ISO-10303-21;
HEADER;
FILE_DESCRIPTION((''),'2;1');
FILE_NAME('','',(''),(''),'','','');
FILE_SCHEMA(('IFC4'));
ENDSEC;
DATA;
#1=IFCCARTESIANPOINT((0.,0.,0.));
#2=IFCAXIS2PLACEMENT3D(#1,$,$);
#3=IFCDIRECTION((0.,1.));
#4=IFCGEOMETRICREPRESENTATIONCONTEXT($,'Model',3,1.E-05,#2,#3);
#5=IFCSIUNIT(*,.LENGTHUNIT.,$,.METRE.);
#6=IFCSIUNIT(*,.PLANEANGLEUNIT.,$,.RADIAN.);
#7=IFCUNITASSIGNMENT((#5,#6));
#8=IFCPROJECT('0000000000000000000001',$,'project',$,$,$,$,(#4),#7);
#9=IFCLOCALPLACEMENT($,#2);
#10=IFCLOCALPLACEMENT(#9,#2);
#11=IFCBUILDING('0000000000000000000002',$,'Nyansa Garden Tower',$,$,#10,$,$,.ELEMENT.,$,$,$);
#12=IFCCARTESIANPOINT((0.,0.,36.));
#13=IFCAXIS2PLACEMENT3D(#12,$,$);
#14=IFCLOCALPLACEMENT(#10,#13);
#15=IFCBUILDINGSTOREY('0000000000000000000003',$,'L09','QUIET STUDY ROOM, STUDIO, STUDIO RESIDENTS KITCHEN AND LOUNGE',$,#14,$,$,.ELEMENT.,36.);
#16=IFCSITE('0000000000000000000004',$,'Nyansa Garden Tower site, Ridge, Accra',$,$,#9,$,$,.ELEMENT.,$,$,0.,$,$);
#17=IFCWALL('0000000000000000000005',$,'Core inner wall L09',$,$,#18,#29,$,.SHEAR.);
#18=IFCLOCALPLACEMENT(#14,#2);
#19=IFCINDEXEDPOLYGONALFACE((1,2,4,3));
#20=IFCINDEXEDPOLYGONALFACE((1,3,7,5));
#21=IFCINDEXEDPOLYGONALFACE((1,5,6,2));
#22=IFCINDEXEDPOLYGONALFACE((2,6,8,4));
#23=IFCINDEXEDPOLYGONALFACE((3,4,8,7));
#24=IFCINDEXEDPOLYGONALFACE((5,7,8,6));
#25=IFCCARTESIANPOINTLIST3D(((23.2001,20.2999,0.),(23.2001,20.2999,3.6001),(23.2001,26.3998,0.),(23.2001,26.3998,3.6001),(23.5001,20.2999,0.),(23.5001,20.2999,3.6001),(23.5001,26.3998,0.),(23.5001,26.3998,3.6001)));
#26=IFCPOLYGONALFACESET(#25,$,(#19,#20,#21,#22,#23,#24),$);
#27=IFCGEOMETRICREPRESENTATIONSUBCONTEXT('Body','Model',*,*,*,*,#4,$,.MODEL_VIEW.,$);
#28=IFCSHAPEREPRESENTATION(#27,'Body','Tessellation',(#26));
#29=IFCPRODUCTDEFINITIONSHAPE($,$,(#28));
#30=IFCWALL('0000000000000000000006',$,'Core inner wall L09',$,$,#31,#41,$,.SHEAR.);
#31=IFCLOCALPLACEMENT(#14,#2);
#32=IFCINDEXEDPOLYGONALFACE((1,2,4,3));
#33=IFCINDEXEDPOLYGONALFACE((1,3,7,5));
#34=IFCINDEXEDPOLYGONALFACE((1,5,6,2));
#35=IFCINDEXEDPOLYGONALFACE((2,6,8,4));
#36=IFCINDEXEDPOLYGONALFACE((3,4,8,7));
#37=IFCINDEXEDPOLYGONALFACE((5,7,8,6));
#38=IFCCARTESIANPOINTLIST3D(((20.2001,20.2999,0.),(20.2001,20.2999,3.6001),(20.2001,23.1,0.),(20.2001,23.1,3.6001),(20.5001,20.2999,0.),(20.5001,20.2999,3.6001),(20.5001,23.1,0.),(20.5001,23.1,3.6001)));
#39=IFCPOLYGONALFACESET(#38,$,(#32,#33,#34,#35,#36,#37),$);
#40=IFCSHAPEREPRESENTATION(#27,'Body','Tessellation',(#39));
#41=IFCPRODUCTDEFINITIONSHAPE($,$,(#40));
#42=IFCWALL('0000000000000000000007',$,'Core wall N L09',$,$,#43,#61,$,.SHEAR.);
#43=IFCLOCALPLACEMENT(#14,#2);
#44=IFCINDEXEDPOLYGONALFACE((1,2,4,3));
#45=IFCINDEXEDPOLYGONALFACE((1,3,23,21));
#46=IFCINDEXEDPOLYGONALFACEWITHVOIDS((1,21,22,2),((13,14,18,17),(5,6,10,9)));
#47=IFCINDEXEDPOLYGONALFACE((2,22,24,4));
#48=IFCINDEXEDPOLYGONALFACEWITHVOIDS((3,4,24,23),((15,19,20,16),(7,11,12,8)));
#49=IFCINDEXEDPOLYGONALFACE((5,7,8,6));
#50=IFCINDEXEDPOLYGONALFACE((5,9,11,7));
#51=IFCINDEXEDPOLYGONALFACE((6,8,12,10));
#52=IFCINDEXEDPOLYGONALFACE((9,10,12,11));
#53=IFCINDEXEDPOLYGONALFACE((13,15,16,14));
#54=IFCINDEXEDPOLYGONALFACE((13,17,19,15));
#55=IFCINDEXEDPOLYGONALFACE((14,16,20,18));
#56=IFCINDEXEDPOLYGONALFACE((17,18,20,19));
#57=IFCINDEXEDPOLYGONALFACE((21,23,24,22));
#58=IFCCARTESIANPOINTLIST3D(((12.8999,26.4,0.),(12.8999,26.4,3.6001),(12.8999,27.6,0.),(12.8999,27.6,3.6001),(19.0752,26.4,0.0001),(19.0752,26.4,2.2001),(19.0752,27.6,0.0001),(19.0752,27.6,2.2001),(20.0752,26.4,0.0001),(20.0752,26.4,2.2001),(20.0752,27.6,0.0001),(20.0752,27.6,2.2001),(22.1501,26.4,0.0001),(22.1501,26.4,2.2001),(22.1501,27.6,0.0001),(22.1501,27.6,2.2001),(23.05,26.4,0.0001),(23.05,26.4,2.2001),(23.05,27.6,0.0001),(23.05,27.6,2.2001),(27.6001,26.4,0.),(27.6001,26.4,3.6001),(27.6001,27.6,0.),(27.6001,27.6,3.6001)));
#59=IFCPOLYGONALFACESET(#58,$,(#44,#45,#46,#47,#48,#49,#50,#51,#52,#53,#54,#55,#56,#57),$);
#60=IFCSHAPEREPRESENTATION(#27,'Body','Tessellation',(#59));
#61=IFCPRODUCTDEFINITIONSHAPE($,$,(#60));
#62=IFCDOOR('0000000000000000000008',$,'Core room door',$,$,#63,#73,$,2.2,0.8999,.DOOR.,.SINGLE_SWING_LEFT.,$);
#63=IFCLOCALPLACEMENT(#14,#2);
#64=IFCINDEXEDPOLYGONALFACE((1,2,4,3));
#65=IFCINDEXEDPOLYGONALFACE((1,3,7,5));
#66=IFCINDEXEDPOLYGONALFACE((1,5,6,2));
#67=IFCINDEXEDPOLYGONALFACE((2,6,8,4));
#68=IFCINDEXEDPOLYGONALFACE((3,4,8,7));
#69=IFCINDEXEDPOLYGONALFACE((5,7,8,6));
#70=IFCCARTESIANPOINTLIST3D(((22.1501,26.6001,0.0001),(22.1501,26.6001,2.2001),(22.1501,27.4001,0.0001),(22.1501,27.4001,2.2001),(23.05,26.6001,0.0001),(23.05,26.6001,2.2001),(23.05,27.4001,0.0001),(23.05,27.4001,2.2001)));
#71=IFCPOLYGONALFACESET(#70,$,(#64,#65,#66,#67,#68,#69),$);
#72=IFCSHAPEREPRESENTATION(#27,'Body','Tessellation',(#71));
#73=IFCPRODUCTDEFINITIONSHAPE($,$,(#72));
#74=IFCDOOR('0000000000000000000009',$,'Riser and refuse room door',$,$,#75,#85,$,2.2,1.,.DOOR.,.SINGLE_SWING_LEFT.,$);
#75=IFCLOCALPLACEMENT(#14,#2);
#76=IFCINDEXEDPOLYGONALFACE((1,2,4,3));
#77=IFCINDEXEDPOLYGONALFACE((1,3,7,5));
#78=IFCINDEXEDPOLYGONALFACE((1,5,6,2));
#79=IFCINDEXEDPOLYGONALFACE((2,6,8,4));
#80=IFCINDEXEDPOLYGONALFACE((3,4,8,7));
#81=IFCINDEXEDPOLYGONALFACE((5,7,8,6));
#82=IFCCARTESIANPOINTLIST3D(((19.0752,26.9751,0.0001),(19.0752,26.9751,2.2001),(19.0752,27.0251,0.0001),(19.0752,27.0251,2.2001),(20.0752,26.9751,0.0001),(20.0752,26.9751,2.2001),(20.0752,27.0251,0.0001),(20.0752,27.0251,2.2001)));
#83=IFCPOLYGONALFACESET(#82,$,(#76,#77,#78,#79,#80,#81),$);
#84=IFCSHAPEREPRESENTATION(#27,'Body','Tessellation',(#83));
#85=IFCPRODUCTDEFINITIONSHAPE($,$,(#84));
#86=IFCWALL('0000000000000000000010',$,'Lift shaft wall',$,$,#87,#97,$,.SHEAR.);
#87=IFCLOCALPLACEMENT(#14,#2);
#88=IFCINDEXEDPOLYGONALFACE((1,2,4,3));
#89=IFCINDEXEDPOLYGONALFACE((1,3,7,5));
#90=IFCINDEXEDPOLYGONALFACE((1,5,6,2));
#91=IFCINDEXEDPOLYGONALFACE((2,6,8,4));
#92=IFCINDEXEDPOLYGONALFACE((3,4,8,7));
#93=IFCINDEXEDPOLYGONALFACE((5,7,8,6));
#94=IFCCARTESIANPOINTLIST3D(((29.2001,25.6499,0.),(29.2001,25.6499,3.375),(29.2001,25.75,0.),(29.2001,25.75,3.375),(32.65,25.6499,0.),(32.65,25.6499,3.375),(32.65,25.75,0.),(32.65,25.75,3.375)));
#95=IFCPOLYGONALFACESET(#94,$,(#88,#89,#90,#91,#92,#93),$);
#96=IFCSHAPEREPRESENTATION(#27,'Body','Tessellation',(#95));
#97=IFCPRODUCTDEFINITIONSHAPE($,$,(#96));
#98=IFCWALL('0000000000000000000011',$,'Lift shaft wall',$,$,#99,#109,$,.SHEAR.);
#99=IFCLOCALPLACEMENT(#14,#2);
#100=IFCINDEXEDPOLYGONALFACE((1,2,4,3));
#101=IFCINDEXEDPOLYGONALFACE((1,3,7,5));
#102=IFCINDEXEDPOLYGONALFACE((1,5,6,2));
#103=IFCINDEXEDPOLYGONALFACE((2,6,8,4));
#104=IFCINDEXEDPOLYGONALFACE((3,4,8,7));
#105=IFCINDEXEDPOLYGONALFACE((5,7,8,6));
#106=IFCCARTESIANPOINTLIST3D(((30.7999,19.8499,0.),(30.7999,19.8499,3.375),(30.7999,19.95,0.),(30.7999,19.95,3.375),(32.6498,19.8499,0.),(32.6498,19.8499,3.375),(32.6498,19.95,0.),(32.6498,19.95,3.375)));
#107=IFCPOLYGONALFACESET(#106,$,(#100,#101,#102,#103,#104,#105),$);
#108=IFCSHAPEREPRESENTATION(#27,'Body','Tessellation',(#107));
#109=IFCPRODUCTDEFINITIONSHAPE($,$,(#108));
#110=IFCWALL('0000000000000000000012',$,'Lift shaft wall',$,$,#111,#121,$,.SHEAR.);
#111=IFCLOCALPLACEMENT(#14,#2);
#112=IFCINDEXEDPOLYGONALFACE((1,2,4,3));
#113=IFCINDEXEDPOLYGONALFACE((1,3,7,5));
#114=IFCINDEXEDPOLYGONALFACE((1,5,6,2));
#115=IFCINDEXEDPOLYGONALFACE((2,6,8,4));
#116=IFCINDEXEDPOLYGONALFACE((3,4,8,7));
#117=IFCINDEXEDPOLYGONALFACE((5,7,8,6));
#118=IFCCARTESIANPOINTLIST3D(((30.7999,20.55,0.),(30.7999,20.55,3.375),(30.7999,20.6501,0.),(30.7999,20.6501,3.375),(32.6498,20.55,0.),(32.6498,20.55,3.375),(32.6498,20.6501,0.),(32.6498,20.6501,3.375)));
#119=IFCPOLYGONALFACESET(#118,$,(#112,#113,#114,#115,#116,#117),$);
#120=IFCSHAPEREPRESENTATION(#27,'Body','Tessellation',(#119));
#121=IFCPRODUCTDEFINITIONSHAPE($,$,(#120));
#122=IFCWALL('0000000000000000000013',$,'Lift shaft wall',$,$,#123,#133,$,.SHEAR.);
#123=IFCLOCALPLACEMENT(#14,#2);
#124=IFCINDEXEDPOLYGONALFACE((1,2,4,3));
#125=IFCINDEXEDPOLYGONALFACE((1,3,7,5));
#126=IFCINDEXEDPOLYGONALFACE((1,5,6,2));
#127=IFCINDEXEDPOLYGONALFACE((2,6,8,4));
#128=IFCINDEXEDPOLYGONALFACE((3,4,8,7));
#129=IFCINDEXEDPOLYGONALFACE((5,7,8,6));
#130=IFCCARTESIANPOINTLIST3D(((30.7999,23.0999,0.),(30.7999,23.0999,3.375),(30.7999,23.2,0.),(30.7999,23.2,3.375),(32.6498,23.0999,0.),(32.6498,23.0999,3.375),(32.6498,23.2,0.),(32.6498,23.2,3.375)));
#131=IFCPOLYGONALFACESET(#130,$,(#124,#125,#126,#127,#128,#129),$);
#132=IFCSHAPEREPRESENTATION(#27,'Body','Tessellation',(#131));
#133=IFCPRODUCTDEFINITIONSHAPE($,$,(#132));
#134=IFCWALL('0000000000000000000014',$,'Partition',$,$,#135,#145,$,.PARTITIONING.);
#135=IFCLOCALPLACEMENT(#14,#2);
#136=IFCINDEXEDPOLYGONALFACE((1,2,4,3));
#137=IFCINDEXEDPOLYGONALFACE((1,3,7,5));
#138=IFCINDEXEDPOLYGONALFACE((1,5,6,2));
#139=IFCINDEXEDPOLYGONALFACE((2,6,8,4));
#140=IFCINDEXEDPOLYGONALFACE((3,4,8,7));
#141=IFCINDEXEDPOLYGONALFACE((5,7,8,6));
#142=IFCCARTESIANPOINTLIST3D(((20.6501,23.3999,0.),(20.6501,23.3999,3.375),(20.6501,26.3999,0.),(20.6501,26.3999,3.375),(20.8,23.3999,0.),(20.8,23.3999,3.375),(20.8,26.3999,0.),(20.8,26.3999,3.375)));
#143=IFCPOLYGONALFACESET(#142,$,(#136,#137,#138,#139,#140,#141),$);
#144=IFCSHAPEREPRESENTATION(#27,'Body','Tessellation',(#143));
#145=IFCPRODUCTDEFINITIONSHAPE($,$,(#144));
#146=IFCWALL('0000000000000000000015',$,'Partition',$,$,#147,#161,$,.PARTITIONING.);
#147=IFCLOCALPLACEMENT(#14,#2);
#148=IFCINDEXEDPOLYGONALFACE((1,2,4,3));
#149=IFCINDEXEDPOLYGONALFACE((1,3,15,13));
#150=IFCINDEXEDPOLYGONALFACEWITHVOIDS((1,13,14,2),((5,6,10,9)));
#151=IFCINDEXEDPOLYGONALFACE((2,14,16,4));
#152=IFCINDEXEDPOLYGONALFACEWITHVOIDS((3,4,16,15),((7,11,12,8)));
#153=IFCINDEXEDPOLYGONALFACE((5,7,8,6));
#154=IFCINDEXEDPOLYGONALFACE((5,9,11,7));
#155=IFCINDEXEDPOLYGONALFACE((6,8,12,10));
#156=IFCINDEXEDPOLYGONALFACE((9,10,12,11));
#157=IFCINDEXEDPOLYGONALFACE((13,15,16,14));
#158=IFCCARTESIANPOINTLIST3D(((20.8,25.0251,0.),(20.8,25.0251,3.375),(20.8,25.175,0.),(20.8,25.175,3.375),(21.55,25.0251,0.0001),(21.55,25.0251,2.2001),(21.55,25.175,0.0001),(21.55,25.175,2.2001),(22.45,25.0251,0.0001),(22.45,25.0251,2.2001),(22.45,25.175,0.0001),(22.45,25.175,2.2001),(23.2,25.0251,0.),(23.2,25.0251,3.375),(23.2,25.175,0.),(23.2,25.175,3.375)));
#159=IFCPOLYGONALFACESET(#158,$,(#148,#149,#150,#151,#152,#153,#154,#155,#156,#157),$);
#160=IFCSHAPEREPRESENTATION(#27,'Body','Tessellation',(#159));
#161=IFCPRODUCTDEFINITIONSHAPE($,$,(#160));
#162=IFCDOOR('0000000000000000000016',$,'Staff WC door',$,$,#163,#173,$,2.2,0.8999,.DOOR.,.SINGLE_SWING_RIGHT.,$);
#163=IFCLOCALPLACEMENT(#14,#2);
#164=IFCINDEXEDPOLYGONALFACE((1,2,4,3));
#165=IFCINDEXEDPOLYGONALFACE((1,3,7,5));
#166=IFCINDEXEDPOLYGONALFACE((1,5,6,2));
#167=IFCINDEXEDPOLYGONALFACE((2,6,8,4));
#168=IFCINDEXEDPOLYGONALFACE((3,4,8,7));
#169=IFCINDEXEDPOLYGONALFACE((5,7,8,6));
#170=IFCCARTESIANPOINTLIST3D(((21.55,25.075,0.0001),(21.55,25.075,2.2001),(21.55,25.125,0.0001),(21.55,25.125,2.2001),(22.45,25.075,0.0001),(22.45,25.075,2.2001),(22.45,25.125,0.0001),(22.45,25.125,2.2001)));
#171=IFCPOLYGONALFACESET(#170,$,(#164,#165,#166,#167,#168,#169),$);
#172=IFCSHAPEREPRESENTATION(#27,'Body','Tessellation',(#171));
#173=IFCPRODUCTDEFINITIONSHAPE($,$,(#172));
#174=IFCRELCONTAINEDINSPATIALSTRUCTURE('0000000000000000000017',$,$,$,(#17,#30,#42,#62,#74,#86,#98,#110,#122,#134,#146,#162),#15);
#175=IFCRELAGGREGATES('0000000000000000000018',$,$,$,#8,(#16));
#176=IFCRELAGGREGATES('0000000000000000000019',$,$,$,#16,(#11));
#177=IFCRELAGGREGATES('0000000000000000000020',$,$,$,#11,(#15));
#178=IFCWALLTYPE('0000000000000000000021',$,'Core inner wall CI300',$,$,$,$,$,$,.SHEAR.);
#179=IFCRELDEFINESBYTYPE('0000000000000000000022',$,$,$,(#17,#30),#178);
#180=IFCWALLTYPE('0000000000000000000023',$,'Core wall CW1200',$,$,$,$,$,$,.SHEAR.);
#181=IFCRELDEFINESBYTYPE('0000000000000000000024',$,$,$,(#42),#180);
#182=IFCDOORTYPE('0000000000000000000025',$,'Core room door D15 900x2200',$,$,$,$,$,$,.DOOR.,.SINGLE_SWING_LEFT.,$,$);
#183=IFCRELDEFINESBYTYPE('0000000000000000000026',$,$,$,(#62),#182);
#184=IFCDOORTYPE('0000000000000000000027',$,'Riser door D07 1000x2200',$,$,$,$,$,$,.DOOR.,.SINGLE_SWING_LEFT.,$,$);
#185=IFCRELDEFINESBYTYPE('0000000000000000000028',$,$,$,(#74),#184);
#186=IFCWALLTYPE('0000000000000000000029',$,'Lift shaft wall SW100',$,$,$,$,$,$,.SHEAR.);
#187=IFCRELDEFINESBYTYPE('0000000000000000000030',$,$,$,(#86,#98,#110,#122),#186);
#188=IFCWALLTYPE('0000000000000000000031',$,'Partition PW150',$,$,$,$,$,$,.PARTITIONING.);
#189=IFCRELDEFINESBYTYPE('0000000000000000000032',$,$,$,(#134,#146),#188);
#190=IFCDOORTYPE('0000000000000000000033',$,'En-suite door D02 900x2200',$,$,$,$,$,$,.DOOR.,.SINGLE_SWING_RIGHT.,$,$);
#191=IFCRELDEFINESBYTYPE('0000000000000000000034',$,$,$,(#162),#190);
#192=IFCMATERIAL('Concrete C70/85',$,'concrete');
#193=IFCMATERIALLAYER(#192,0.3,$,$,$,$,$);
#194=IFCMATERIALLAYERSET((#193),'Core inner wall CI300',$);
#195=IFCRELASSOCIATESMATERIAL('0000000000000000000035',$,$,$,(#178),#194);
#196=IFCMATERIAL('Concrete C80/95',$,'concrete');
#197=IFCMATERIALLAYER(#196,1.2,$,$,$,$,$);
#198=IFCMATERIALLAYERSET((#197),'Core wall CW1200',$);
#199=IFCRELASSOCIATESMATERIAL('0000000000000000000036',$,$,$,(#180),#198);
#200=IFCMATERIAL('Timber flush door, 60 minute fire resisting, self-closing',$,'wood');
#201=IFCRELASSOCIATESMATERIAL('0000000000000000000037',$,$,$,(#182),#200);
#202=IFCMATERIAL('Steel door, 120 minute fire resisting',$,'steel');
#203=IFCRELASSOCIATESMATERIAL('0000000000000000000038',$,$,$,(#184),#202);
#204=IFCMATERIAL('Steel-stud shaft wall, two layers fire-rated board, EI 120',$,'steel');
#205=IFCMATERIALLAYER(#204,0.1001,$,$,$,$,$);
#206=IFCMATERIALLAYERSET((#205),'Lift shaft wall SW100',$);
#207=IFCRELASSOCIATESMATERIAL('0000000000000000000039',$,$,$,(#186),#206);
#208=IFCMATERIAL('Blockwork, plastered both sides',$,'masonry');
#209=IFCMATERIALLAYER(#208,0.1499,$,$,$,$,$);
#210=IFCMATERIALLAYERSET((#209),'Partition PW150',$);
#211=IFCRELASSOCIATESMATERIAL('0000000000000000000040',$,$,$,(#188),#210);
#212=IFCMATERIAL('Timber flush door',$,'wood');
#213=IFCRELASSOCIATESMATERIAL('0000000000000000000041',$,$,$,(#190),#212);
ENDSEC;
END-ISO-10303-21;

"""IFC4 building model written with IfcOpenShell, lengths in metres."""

from ifc_helpers import new_model, si_unit, direction, frame, frame_2d, origin, place, context, subcontext, project, spatial, rectangle, extrude, material, layer, layer_set, type_object, element, fill, save


model = new_model("IFC4")

# Units and contexts
model_context = context("Model", 3, precision=1e-05, world=origin(), true_north=direction((0.0, 1.0)))
body_context = subcontext(model_context, "Body", "Model", "MODEL_VIEW")
ifc_project = project(units=[si_unit("LENGTHUNIT", "METRE"), si_unit("PLANEANGLEUNIT", "RADIAN")], contexts=[model_context])

# Site, building, storey
site_placement = place(None, origin())
site = spatial("IfcSite", under=ifc_project, at=site_placement, Name="Nyansa Garden Tower site, Ridge, Accra", CompositionType="ELEMENT", RefElevation=0.0)
building_placement = place(site_placement, origin())
building = spatial("IfcBuilding", under=site, at=building_placement, Name="Nyansa Garden Tower", CompositionType="ELEMENT")
storey_placement = place(building_placement, frame((0.0, 0.0, 36.0)))
storey = spatial("IfcBuildingStorey", under=building, at=storey_placement, Name="L09", Description="QUIET STUDY ROOM, STUDIO, STUDIO RESIDENTS KITCHEN AND LOUNGE", CompositionType="ELEMENT", Elevation=36.0)

# Walls
ifc_material_1 = material(Name="Concrete C70/85", Category="concrete")
ifc_layer_1 = layer(ifc_material_1, 0.3)
ifc_layer_set_1 = layer_set([ifc_layer_1], Name="Core inner wall CI300")
wall_type_1 = type_object("IfcWallType", Name="Core inner wall CI300", PredefinedType="SHEAR", material=ifc_layer_set_1)
wall_1_placement = place(storey_placement, frame((23.3501, 20.3, 0.0), z_axis=(0.0, 0.0, 1.0), x_axis=(0.0, 1.0, 0.0)))
element("IfcWall", 1, at=wall_1_placement, inside=storey, type_object=wall_type_1, Name="Core inner wall L09", PredefinedType="SHEAR", context=body_context, shape_type="SweptSolid", body=[
    extrude(rectangle(XDim=6.0999, YDim=0.3, at=frame_2d((3.0498, 0.0))), origin(), (0.0, 0.0, 1.0), 3.6001),
])
wall_2_placement = place(storey_placement, frame((20.3501, 20.3, 0.0), z_axis=(0.0, 0.0, 1.0), x_axis=(0.0, 1.0, 0.0)))
element("IfcWall", 2, at=wall_2_placement, inside=storey, type_object=wall_type_1, Name="Core inner wall L09", PredefinedType="SHEAR", context=body_context, shape_type="SweptSolid", body=[
    extrude(rectangle(XDim=2.8, YDim=0.3, at=frame_2d((1.3999, 0.0))), origin(), (0.0, 0.0, 1.0), 3.6001),
])

# Wall, openings, doors
ifc_material_2 = material(Name="Concrete C80/95", Category="concrete")
ifc_layer_2 = layer(ifc_material_2, 1.2)
ifc_layer_set_2 = layer_set([ifc_layer_2], Name="Core wall CW1200")
wall_type_2 = type_object("IfcWallType", Name="Core wall CW1200", PredefinedType="SHEAR", material=ifc_layer_set_2)
wall_3_placement = place(storey_placement, frame((27.6001, 27.0, 0.0), z_axis=(0.0, 0.0, 1.0), x_axis=(-1.0, 0.0, 0.0)))
wall_3 = element("IfcWall", 3, at=wall_3_placement, inside=storey, type_object=wall_type_2, Name="Core wall N L09", PredefinedType="SHEAR", context=body_context, shape_type="SweptSolid", body=[
    extrude(rectangle(XDim=14.7002, YDim=1.2, at=frame_2d((7.3501, 0.0))), origin(), (0.0, 0.0, 1.0), 3.6001),
])
opening_1_placement = place(wall_3_placement, frame((4.55, 0.0, 0.0)))
opening_1 = element("IfcOpeningElement", 4, at=opening_1_placement, cuts=wall_3, PredefinedType="OPENING", context=body_context, shape_type="SweptSolid", body=[
    extrude(rectangle(XDim=0.8999, YDim=2.2, at=frame_2d((0.45, 1.1001))), frame((0.0, 0.6099, 0.0), z_axis=(0.0, -1.0, 0.0), x_axis=(1.0, 0.0, 0.0)), (0.0, 0.0, 1.0), 1.22),
])
opening_2_placement = place(wall_3_placement, frame((7.5249, 0.0, 0.0)))
opening_2 = element("IfcOpeningElement", 5, at=opening_2_placement, cuts=wall_3, PredefinedType="OPENING", context=body_context, shape_type="SweptSolid", body=[
    extrude(rectangle(XDim=1.0, YDim=2.2, at=frame_2d((0.5, 1.1001))), frame((0.0, 0.6099, 0.0), z_axis=(0.0, -1.0, 0.0), x_axis=(1.0, 0.0, 0.0)), (0.0, 0.0, 1.0), 1.22),
])
ifc_material_3 = material(Name="Timber flush door, 60 minute fire resisting, self-closing", Category="wood")
door_type_1 = type_object("IfcDoorType", Name="Core room door D15 900x2200", OperationType="SINGLE_SWING_LEFT", PredefinedType="DOOR", material=ifc_material_3)
door_1_placement = place(opening_1_placement, origin())
door_1 = element("IfcDoor", 6, at=door_1_placement, inside=storey, type_object=door_type_1, Name="Core room door", OperationType="SINGLE_SWING_LEFT", OverallHeight=2.2, OverallWidth=0.8999, PredefinedType="DOOR", context=body_context, shape_type="SweptSolid", body=[
    extrude(rectangle(XDim=0.8999, YDim=2.2, at=frame_2d((0.45, 1.1001))), frame((0.0, 0.3999, 0.0), z_axis=(0.0, -1.0, 0.0), x_axis=(1.0, 0.0, 0.0)), (0.0, 0.0, 1.0), 0.8),
])
fill(opening_1, door_1)
ifc_material_4 = material(Name="Steel door, 120 minute fire resisting", Category="steel")
door_type_2 = type_object("IfcDoorType", Name="Riser door D07 1000x2200", OperationType="SINGLE_SWING_LEFT", PredefinedType="DOOR", material=ifc_material_4)
door_2_placement = place(opening_2_placement, origin())
door_2 = element("IfcDoor", 7, at=door_2_placement, inside=storey, type_object=door_type_2, Name="Riser and refuse room door", OperationType="SINGLE_SWING_LEFT", OverallHeight=2.2, OverallWidth=1.0, PredefinedType="DOOR", context=body_context, shape_type="SweptSolid", body=[
    extrude(rectangle(XDim=1.0, YDim=2.2, at=frame_2d((0.5, 1.1001))), frame((0.0, 0.0249, 0.0), z_axis=(0.0, -1.0, 0.0), x_axis=(1.0, 0.0, 0.0)), (0.0, 0.0, 1.0), 0.05),
])
fill(opening_2, door_2)

# Walls
ifc_material_5 = material(Name="Steel-stud shaft wall, two layers fire-rated board, EI 120", Category="steel")
ifc_layer_3 = layer(ifc_material_5, 0.1001)
ifc_layer_set_3 = layer_set([ifc_layer_3], Name="Lift shaft wall SW100")
wall_type_3 = type_object("IfcWallType", Name="Lift shaft wall SW100", PredefinedType="SHEAR", material=ifc_layer_set_3)
wall_4_placement = place(storey_placement, frame((29.2, 25.7, 0.0), z_axis=(0.0, 0.0, 1.0), x_axis=(1.0, 0.0, 0.0)))
element("IfcWall", 8, at=wall_4_placement, inside=storey, type_object=wall_type_3, Name="Lift shaft wall", PredefinedType="SHEAR", context=body_context, shape_type="SweptSolid", body=[
    extrude(rectangle(XDim=3.45, YDim=0.1001, at=frame_2d((1.7251, 0.0))), origin(), (0.0, 0.0, 1.0), 3.375),
])
for number, where, z_axis, x_axis, name in (
    (9, (30.8, 19.8999, 0.0), (0.0, 0.0, 1.0), (1.0, 0.0, 0.0), "Lift shaft wall"),
    (10, (30.8, 20.6001, 0.0), (0.0, 0.0, 1.0), (1.0, 0.0, 0.0), "Lift shaft wall"),
    (11, (30.8, 23.1499, 0.0), (0.0, 0.0, 1.0), (1.0, 0.0, 0.0), "Lift shaft wall"),
):
    element("IfcWall", number, at=place(storey_placement, frame(where, z_axis=z_axis, x_axis=x_axis)), inside=storey, type_object=wall_type_3, Name=name, PredefinedType="SHEAR", context=body_context, shape_type="SweptSolid", body=[
        extrude(rectangle(XDim=1.8499, YDim=0.1001, at=frame_2d((0.9248, 0.0))), origin(), (0.0, 0.0, 1.0), 3.375),
    ])
ifc_material_6 = material(Name="Blockwork, plastered both sides", Category="masonry")
ifc_layer_4 = layer(ifc_material_6, 0.1499)
ifc_layer_set_4 = layer_set([ifc_layer_4], Name="Partition PW150")
wall_type_4 = type_object("IfcWallType", Name="Partition PW150", PredefinedType="PARTITIONING", material=ifc_layer_set_4)
wall_5_placement = place(storey_placement, frame((20.7251, 23.3999, 0.0), z_axis=(0.0, 0.0, 1.0), x_axis=(0.0, 1.0, 0.0)))
element("IfcWall", 12, at=wall_5_placement, inside=storey, type_object=wall_type_4, Name="Partition", PredefinedType="PARTITIONING", context=body_context, shape_type="SweptSolid", body=[
    extrude(rectangle(XDim=3.0, YDim=0.1499, at=frame_2d((1.5, 0.0))), origin(), (0.0, 0.0, 1.0), 3.375),
])

# Wall, opening, door
wall_6_placement = place(storey_placement, frame((20.8, 25.1001, 0.0), z_axis=(0.0, 0.0, 1.0), x_axis=(1.0, 0.0, 0.0)))
wall_6 = element("IfcWall", 13, at=wall_6_placement, inside=storey, type_object=wall_type_4, Name="Partition", PredefinedType="PARTITIONING", context=body_context, shape_type="SweptSolid", body=[
    extrude(rectangle(XDim=2.3999, YDim=0.1499, at=frame_2d((1.2, 0.0))), origin(), (0.0, 0.0, 1.0), 3.375),
])
opening_3_placement = place(wall_6_placement, frame((0.75, 0.0, 0.0)))
opening_3 = element("IfcOpeningElement", 14, at=opening_3_placement, cuts=wall_6, PredefinedType="OPENING", context=body_context, shape_type="SweptSolid", body=[
    extrude(rectangle(XDim=0.8999, YDim=2.2, at=frame_2d((0.45, 1.1001))), frame((0.0, 0.085, 0.0), z_axis=(0.0, -1.0, 0.0), x_axis=(1.0, 0.0, 0.0)), (0.0, 0.0, 1.0), 0.1699),
])
ifc_material_7 = material(Name="Timber flush door", Category="wood")
door_type_3 = type_object("IfcDoorType", Name="En-suite door D02 900x2200", OperationType="SINGLE_SWING_RIGHT", PredefinedType="DOOR", material=ifc_material_7)
door_3_placement = place(opening_3_placement, origin())
door_3 = element("IfcDoor", 15, at=door_3_placement, inside=storey, type_object=door_type_3, Name="Staff WC door", OperationType="SINGLE_SWING_RIGHT", OverallHeight=2.2, OverallWidth=0.8999, PredefinedType="DOOR", context=body_context, shape_type="SweptSolid", body=[
    extrude(rectangle(XDim=0.8999, YDim=2.2, at=frame_2d((0.45, 1.1001))), frame((0.0, 0.0249, 0.0), z_axis=(0.0, -1.0, 0.0), x_axis=(1.0, 0.0, 0.0)), (0.0, 0.0, 1.0), 0.05),
])
fill(opening_3, door_3)

save(model, "model.ifc")
